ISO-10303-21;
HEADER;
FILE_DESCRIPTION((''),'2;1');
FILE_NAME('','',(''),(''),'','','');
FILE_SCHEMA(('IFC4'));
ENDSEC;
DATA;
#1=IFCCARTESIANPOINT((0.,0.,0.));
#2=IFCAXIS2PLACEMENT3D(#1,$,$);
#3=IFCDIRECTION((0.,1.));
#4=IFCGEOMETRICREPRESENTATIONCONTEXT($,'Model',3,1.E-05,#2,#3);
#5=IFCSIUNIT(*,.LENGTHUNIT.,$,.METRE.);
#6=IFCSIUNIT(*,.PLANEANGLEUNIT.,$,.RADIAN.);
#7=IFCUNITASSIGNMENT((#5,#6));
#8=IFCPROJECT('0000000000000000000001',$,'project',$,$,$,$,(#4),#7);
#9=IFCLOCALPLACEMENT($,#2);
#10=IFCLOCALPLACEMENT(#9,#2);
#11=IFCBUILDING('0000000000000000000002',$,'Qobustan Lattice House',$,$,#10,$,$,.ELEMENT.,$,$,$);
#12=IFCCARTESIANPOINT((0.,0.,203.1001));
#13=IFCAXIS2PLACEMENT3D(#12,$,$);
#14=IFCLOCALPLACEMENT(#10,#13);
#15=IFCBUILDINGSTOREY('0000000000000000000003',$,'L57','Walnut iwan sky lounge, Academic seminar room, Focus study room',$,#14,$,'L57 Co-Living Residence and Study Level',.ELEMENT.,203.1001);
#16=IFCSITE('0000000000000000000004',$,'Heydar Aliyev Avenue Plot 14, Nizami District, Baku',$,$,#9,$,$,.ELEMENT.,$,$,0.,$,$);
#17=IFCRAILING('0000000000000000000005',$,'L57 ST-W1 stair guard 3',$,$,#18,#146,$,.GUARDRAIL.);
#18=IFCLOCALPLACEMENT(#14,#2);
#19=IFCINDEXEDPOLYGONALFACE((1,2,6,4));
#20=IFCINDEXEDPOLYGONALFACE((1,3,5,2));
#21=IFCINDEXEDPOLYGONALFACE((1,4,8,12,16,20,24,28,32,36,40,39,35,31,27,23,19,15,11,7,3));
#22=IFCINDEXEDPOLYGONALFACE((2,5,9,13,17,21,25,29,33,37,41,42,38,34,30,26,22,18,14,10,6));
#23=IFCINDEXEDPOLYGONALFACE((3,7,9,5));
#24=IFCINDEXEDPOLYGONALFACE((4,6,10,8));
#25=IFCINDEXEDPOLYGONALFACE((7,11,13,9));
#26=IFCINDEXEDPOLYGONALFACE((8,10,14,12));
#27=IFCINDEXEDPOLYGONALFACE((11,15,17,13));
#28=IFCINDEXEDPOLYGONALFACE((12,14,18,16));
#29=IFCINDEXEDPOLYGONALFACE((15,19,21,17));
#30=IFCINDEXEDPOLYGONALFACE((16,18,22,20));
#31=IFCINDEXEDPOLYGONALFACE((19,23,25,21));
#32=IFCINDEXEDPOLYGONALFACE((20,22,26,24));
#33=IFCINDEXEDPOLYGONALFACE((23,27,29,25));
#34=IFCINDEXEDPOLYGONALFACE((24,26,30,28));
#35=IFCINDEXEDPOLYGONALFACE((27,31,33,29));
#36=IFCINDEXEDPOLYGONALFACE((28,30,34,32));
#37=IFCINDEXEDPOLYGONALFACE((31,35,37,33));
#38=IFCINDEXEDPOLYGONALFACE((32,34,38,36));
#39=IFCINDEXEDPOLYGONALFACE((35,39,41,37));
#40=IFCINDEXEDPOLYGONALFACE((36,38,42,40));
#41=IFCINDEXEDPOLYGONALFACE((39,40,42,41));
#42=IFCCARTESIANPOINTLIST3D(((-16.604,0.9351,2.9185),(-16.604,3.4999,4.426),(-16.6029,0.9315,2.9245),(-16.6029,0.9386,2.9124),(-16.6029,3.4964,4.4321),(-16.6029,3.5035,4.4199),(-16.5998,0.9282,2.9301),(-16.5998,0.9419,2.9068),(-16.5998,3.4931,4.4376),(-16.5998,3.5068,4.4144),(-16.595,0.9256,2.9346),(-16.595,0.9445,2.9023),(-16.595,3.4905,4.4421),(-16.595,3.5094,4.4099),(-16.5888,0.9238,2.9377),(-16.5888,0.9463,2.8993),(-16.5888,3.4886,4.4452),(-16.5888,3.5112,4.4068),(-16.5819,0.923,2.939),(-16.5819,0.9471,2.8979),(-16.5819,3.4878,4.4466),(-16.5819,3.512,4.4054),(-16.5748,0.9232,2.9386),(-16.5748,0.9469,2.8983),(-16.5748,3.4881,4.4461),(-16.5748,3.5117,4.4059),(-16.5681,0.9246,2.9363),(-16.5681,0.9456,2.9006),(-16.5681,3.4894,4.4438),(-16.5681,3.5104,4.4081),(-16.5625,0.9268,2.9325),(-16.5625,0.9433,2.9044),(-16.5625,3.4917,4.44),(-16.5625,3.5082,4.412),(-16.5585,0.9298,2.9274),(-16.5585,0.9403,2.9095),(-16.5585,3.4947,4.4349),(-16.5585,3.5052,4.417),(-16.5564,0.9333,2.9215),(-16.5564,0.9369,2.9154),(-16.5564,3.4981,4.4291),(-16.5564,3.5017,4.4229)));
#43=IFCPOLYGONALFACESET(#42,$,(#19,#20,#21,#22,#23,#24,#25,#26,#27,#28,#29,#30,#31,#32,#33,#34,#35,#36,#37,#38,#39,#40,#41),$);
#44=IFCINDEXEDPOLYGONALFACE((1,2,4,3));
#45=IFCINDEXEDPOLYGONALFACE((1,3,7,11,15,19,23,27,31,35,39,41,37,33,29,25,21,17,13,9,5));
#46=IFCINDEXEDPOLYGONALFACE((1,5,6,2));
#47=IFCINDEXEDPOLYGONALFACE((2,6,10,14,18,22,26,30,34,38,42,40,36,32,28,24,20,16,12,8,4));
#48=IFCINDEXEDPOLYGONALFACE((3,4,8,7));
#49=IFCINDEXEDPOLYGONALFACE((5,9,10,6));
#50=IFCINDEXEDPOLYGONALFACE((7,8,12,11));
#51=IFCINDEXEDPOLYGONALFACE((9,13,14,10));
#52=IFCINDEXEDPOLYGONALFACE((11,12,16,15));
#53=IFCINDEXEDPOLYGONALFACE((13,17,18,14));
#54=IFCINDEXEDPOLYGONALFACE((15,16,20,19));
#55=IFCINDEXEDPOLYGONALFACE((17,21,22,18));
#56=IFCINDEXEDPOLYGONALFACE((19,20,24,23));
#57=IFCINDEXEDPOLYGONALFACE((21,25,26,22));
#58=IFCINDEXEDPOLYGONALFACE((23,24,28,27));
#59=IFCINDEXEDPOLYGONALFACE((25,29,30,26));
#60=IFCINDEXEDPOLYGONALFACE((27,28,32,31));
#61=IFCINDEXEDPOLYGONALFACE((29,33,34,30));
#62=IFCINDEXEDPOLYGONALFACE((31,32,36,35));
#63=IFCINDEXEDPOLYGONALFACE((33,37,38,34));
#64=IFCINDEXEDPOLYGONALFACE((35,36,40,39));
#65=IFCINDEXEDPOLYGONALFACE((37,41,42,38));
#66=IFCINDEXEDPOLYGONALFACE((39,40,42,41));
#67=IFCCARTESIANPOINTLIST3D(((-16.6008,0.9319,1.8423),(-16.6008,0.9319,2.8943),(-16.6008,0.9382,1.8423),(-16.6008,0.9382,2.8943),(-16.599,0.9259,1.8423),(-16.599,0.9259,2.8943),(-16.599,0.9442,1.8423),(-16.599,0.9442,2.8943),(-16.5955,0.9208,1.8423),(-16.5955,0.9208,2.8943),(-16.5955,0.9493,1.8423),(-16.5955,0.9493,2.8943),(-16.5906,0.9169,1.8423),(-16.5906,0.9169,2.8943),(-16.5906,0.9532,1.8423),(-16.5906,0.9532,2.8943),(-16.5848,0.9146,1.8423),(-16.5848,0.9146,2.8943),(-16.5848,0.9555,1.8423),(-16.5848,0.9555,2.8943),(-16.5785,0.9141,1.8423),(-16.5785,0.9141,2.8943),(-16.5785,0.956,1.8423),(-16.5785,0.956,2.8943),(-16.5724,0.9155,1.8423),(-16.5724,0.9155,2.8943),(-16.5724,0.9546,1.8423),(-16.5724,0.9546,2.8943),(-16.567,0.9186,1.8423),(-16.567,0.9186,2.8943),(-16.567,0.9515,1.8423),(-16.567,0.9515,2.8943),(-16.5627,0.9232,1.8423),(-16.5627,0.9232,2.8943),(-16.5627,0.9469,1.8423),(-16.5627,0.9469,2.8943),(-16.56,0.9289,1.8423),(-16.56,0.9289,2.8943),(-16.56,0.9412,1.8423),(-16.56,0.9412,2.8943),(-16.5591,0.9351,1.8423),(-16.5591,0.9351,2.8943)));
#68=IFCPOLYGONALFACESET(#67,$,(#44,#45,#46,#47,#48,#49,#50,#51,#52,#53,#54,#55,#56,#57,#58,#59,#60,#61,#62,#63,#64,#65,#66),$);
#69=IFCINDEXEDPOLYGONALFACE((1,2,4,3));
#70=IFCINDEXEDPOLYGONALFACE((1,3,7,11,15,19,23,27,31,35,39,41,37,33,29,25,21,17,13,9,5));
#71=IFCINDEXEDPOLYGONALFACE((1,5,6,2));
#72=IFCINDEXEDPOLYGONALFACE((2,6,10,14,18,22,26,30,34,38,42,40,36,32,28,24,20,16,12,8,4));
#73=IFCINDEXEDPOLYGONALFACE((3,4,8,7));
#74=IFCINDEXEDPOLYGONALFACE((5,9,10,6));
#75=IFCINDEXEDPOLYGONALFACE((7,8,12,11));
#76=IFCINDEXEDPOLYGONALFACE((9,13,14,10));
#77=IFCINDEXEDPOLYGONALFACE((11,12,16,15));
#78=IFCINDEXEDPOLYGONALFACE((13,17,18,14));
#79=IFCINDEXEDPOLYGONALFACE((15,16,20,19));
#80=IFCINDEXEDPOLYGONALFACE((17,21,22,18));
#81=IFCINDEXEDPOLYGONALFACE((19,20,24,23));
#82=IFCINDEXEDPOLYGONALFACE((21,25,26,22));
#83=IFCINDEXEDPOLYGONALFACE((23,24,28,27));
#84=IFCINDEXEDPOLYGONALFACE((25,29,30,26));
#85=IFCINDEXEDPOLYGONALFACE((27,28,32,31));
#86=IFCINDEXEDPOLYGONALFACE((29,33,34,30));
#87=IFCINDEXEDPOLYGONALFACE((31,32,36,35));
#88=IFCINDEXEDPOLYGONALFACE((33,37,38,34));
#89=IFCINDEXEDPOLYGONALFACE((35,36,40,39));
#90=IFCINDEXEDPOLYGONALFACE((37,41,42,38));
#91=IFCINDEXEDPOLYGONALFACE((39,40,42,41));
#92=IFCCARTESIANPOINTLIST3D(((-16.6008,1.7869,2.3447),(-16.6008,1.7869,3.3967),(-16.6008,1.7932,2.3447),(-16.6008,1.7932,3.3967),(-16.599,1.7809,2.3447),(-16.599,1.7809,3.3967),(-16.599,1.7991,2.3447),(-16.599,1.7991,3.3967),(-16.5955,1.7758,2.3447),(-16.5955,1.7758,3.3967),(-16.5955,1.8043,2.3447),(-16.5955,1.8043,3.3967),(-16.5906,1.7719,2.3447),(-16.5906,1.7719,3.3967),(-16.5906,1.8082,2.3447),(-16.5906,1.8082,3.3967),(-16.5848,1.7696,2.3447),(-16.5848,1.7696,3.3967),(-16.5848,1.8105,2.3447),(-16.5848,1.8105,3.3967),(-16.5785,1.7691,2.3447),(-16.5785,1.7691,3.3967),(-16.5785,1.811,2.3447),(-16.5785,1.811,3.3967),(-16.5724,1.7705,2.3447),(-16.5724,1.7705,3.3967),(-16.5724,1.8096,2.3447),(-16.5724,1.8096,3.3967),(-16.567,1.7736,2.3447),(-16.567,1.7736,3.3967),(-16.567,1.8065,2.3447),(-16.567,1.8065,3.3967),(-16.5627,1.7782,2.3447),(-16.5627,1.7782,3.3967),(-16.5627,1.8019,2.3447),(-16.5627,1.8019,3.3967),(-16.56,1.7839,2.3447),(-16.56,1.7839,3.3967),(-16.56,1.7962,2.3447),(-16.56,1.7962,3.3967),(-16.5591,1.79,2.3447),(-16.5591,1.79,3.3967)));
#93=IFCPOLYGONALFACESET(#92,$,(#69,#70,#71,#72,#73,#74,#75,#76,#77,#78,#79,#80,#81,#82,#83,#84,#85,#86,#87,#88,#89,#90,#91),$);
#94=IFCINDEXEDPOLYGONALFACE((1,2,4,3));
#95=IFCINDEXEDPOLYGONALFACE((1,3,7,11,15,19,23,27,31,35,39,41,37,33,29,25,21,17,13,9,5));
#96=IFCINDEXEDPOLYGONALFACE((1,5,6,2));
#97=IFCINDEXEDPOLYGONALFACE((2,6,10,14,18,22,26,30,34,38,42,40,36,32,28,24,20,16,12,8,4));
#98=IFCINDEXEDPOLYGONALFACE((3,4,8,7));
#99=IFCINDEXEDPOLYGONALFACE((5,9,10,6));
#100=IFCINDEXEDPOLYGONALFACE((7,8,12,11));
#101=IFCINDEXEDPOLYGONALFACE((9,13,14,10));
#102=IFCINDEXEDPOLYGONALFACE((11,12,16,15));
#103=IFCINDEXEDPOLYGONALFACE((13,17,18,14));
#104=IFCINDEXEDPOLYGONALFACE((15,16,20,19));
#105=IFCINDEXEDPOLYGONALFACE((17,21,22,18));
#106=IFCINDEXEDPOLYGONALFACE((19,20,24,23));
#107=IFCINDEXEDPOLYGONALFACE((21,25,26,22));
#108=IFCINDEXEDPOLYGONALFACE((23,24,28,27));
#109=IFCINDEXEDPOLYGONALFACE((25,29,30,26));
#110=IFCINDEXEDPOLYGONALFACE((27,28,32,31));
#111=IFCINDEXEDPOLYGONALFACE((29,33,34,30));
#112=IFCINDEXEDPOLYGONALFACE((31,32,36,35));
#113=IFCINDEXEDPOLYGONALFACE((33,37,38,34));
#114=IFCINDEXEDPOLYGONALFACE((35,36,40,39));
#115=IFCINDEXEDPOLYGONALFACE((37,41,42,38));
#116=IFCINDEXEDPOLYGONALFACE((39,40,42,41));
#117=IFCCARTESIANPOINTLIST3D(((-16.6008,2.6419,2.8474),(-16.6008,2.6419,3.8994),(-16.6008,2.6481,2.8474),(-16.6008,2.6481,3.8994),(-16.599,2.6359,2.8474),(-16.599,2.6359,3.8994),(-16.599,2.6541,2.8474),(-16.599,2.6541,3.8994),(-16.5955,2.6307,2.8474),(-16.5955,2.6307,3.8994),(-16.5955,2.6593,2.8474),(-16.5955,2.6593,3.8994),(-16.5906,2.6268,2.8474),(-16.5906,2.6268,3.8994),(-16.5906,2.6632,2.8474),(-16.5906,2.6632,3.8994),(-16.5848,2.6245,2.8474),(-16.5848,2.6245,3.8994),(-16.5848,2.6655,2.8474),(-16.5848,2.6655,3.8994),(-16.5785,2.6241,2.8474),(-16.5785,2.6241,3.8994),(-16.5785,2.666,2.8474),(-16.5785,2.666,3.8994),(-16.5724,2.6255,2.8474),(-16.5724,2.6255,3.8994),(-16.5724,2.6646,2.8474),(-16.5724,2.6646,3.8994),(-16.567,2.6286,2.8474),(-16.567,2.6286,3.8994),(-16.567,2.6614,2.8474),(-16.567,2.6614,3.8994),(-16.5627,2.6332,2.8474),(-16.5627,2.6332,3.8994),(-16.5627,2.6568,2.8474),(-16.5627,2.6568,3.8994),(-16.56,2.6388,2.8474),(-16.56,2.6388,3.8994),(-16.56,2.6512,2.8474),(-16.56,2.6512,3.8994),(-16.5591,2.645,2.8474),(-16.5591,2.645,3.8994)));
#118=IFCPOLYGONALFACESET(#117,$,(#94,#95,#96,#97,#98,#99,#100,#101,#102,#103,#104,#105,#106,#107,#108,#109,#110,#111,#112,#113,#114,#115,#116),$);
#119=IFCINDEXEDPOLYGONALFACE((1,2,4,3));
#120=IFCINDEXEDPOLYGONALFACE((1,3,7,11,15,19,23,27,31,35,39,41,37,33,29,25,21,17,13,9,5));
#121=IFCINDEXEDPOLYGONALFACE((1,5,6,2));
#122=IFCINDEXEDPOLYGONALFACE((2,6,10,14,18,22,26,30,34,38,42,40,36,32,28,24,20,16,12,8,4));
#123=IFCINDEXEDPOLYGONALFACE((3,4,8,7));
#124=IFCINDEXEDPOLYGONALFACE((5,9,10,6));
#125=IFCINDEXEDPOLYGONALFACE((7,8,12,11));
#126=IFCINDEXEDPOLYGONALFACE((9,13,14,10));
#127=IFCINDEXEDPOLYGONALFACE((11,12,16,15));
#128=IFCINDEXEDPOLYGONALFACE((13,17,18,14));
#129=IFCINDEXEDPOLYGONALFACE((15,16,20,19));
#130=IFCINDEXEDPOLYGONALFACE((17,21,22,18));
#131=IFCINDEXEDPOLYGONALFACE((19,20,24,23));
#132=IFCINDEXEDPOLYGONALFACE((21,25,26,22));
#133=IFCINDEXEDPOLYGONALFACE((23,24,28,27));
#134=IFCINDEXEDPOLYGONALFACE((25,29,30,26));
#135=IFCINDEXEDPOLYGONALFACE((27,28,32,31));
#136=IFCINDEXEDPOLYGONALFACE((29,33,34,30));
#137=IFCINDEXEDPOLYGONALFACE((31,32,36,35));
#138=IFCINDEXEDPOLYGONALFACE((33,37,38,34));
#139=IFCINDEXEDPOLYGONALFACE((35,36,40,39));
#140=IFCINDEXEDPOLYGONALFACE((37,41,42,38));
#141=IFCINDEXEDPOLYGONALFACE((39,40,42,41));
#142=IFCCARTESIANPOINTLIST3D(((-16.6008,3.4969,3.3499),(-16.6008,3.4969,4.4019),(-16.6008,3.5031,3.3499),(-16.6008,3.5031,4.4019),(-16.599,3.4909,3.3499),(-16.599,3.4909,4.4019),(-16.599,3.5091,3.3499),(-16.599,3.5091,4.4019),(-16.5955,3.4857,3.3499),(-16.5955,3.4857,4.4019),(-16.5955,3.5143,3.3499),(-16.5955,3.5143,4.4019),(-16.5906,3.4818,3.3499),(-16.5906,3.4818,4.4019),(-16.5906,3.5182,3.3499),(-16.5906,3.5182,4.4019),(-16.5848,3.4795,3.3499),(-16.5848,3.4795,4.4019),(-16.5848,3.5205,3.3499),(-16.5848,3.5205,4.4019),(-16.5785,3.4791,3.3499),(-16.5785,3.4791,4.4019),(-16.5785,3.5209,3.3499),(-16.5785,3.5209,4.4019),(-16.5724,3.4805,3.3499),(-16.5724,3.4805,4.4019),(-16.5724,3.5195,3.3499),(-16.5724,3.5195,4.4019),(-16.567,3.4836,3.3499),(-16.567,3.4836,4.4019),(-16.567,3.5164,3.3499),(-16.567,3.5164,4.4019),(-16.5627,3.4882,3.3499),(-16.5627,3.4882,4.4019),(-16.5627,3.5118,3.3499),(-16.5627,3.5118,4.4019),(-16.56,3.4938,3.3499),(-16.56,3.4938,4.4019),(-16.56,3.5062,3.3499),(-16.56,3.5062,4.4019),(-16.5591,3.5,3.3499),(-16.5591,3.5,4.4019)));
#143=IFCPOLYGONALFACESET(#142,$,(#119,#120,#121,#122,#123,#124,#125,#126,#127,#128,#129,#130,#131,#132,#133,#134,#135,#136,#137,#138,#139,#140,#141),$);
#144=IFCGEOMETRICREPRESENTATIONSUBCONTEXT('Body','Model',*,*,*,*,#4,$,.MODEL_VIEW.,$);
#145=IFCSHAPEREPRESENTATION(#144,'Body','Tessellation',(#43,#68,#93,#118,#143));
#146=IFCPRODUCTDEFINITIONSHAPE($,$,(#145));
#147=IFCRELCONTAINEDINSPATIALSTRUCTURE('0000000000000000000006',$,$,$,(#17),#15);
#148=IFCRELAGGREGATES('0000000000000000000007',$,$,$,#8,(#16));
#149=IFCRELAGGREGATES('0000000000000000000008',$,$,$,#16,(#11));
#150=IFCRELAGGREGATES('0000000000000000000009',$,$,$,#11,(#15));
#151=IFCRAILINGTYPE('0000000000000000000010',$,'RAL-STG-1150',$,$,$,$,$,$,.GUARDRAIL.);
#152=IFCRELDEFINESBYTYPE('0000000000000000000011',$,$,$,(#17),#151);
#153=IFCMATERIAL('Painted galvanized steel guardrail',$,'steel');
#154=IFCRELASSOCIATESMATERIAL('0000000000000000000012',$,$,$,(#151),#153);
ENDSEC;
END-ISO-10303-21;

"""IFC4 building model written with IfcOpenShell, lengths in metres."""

from ifc_helpers import new_model, si_unit, direction, frame, origin, origin_2d, place, context, subcontext, project, spatial, circle, extrude, material, type_object, element, save


model = new_model("IFC4")

# Units and contexts
model_context = context("Model", 3, precision=1e-05, world=origin(), true_north=direction((0.0, 1.0)))
body_context = subcontext(model_context, "Body", "Model", "MODEL_VIEW")
ifc_project = project(units=[si_unit("LENGTHUNIT", "METRE"), si_unit("PLANEANGLEUNIT", "RADIAN")], contexts=[model_context])

# Site, building, storey
site_placement = place(None, origin())
site = spatial("IfcSite", under=ifc_project, at=site_placement, Name="Heydar Aliyev Avenue Plot 14, Nizami District, Baku", CompositionType="ELEMENT", RefElevation=0.0)
building_placement = place(site_placement, origin())
building = spatial("IfcBuilding", under=site, at=building_placement, Name="Qobustan Lattice House", CompositionType="ELEMENT")
storey_placement = place(building_placement, frame((0.0, 0.0, 203.1001)))
storey = spatial("IfcBuildingStorey", under=building, at=storey_placement, Name="L57", Description="Walnut iwan sky lounge, Academic seminar room, Focus study room", LongName="L57 Co-Living Residence and Study Level", CompositionType="ELEMENT", Elevation=203.1001)

# Railing
ifc_material_1 = material(Name="Painted galvanized steel guardrail", Category="steel")
railing_type_1 = type_object("IfcRailingType", Name="RAL-STG-1150", PredefinedType="GUARDRAIL", material=ifc_material_1)
railing_1_placement = place(storey_placement, frame((-16.5801, 0.9351, 1.8423)))
element("IfcRailing", 1, at=railing_1_placement, inside=storey, type_object=railing_type_1, Name="L57 ST-W1 stair guard 3", PredefinedType="GUARDRAIL", context=body_context, shape_type="SweptSolid", body=[
    extrude(circle(Radius=0.0239, at=origin_2d()), frame((0.0, 0.0, 1.0762), z_axis=(0.0, 0.862113, 0.506715), x_axis=(-1.0, 0.0, 0.0)), (0.0, 0.0, 1.0), 2.9751),
    extrude(circle(Radius=0.021, at=origin_2d()), origin(), (0.0, 0.0, 1.0), 1.052),
    extrude(circle(Radius=0.021, at=origin_2d()), frame((0.0, 0.855, 0.5024)), (0.0, 0.0, 1.0), 1.052),
    extrude(circle(Radius=0.021, at=origin_2d()), frame((0.0, 1.71, 1.0051)), (0.0, 0.0, 1.0), 1.052),
    extrude(circle(Radius=0.021, at=origin_2d()), frame((0.0, 2.5649, 1.5076)), (0.0, 0.0, 1.0), 1.052),
])

save(model, "model.ifc")
